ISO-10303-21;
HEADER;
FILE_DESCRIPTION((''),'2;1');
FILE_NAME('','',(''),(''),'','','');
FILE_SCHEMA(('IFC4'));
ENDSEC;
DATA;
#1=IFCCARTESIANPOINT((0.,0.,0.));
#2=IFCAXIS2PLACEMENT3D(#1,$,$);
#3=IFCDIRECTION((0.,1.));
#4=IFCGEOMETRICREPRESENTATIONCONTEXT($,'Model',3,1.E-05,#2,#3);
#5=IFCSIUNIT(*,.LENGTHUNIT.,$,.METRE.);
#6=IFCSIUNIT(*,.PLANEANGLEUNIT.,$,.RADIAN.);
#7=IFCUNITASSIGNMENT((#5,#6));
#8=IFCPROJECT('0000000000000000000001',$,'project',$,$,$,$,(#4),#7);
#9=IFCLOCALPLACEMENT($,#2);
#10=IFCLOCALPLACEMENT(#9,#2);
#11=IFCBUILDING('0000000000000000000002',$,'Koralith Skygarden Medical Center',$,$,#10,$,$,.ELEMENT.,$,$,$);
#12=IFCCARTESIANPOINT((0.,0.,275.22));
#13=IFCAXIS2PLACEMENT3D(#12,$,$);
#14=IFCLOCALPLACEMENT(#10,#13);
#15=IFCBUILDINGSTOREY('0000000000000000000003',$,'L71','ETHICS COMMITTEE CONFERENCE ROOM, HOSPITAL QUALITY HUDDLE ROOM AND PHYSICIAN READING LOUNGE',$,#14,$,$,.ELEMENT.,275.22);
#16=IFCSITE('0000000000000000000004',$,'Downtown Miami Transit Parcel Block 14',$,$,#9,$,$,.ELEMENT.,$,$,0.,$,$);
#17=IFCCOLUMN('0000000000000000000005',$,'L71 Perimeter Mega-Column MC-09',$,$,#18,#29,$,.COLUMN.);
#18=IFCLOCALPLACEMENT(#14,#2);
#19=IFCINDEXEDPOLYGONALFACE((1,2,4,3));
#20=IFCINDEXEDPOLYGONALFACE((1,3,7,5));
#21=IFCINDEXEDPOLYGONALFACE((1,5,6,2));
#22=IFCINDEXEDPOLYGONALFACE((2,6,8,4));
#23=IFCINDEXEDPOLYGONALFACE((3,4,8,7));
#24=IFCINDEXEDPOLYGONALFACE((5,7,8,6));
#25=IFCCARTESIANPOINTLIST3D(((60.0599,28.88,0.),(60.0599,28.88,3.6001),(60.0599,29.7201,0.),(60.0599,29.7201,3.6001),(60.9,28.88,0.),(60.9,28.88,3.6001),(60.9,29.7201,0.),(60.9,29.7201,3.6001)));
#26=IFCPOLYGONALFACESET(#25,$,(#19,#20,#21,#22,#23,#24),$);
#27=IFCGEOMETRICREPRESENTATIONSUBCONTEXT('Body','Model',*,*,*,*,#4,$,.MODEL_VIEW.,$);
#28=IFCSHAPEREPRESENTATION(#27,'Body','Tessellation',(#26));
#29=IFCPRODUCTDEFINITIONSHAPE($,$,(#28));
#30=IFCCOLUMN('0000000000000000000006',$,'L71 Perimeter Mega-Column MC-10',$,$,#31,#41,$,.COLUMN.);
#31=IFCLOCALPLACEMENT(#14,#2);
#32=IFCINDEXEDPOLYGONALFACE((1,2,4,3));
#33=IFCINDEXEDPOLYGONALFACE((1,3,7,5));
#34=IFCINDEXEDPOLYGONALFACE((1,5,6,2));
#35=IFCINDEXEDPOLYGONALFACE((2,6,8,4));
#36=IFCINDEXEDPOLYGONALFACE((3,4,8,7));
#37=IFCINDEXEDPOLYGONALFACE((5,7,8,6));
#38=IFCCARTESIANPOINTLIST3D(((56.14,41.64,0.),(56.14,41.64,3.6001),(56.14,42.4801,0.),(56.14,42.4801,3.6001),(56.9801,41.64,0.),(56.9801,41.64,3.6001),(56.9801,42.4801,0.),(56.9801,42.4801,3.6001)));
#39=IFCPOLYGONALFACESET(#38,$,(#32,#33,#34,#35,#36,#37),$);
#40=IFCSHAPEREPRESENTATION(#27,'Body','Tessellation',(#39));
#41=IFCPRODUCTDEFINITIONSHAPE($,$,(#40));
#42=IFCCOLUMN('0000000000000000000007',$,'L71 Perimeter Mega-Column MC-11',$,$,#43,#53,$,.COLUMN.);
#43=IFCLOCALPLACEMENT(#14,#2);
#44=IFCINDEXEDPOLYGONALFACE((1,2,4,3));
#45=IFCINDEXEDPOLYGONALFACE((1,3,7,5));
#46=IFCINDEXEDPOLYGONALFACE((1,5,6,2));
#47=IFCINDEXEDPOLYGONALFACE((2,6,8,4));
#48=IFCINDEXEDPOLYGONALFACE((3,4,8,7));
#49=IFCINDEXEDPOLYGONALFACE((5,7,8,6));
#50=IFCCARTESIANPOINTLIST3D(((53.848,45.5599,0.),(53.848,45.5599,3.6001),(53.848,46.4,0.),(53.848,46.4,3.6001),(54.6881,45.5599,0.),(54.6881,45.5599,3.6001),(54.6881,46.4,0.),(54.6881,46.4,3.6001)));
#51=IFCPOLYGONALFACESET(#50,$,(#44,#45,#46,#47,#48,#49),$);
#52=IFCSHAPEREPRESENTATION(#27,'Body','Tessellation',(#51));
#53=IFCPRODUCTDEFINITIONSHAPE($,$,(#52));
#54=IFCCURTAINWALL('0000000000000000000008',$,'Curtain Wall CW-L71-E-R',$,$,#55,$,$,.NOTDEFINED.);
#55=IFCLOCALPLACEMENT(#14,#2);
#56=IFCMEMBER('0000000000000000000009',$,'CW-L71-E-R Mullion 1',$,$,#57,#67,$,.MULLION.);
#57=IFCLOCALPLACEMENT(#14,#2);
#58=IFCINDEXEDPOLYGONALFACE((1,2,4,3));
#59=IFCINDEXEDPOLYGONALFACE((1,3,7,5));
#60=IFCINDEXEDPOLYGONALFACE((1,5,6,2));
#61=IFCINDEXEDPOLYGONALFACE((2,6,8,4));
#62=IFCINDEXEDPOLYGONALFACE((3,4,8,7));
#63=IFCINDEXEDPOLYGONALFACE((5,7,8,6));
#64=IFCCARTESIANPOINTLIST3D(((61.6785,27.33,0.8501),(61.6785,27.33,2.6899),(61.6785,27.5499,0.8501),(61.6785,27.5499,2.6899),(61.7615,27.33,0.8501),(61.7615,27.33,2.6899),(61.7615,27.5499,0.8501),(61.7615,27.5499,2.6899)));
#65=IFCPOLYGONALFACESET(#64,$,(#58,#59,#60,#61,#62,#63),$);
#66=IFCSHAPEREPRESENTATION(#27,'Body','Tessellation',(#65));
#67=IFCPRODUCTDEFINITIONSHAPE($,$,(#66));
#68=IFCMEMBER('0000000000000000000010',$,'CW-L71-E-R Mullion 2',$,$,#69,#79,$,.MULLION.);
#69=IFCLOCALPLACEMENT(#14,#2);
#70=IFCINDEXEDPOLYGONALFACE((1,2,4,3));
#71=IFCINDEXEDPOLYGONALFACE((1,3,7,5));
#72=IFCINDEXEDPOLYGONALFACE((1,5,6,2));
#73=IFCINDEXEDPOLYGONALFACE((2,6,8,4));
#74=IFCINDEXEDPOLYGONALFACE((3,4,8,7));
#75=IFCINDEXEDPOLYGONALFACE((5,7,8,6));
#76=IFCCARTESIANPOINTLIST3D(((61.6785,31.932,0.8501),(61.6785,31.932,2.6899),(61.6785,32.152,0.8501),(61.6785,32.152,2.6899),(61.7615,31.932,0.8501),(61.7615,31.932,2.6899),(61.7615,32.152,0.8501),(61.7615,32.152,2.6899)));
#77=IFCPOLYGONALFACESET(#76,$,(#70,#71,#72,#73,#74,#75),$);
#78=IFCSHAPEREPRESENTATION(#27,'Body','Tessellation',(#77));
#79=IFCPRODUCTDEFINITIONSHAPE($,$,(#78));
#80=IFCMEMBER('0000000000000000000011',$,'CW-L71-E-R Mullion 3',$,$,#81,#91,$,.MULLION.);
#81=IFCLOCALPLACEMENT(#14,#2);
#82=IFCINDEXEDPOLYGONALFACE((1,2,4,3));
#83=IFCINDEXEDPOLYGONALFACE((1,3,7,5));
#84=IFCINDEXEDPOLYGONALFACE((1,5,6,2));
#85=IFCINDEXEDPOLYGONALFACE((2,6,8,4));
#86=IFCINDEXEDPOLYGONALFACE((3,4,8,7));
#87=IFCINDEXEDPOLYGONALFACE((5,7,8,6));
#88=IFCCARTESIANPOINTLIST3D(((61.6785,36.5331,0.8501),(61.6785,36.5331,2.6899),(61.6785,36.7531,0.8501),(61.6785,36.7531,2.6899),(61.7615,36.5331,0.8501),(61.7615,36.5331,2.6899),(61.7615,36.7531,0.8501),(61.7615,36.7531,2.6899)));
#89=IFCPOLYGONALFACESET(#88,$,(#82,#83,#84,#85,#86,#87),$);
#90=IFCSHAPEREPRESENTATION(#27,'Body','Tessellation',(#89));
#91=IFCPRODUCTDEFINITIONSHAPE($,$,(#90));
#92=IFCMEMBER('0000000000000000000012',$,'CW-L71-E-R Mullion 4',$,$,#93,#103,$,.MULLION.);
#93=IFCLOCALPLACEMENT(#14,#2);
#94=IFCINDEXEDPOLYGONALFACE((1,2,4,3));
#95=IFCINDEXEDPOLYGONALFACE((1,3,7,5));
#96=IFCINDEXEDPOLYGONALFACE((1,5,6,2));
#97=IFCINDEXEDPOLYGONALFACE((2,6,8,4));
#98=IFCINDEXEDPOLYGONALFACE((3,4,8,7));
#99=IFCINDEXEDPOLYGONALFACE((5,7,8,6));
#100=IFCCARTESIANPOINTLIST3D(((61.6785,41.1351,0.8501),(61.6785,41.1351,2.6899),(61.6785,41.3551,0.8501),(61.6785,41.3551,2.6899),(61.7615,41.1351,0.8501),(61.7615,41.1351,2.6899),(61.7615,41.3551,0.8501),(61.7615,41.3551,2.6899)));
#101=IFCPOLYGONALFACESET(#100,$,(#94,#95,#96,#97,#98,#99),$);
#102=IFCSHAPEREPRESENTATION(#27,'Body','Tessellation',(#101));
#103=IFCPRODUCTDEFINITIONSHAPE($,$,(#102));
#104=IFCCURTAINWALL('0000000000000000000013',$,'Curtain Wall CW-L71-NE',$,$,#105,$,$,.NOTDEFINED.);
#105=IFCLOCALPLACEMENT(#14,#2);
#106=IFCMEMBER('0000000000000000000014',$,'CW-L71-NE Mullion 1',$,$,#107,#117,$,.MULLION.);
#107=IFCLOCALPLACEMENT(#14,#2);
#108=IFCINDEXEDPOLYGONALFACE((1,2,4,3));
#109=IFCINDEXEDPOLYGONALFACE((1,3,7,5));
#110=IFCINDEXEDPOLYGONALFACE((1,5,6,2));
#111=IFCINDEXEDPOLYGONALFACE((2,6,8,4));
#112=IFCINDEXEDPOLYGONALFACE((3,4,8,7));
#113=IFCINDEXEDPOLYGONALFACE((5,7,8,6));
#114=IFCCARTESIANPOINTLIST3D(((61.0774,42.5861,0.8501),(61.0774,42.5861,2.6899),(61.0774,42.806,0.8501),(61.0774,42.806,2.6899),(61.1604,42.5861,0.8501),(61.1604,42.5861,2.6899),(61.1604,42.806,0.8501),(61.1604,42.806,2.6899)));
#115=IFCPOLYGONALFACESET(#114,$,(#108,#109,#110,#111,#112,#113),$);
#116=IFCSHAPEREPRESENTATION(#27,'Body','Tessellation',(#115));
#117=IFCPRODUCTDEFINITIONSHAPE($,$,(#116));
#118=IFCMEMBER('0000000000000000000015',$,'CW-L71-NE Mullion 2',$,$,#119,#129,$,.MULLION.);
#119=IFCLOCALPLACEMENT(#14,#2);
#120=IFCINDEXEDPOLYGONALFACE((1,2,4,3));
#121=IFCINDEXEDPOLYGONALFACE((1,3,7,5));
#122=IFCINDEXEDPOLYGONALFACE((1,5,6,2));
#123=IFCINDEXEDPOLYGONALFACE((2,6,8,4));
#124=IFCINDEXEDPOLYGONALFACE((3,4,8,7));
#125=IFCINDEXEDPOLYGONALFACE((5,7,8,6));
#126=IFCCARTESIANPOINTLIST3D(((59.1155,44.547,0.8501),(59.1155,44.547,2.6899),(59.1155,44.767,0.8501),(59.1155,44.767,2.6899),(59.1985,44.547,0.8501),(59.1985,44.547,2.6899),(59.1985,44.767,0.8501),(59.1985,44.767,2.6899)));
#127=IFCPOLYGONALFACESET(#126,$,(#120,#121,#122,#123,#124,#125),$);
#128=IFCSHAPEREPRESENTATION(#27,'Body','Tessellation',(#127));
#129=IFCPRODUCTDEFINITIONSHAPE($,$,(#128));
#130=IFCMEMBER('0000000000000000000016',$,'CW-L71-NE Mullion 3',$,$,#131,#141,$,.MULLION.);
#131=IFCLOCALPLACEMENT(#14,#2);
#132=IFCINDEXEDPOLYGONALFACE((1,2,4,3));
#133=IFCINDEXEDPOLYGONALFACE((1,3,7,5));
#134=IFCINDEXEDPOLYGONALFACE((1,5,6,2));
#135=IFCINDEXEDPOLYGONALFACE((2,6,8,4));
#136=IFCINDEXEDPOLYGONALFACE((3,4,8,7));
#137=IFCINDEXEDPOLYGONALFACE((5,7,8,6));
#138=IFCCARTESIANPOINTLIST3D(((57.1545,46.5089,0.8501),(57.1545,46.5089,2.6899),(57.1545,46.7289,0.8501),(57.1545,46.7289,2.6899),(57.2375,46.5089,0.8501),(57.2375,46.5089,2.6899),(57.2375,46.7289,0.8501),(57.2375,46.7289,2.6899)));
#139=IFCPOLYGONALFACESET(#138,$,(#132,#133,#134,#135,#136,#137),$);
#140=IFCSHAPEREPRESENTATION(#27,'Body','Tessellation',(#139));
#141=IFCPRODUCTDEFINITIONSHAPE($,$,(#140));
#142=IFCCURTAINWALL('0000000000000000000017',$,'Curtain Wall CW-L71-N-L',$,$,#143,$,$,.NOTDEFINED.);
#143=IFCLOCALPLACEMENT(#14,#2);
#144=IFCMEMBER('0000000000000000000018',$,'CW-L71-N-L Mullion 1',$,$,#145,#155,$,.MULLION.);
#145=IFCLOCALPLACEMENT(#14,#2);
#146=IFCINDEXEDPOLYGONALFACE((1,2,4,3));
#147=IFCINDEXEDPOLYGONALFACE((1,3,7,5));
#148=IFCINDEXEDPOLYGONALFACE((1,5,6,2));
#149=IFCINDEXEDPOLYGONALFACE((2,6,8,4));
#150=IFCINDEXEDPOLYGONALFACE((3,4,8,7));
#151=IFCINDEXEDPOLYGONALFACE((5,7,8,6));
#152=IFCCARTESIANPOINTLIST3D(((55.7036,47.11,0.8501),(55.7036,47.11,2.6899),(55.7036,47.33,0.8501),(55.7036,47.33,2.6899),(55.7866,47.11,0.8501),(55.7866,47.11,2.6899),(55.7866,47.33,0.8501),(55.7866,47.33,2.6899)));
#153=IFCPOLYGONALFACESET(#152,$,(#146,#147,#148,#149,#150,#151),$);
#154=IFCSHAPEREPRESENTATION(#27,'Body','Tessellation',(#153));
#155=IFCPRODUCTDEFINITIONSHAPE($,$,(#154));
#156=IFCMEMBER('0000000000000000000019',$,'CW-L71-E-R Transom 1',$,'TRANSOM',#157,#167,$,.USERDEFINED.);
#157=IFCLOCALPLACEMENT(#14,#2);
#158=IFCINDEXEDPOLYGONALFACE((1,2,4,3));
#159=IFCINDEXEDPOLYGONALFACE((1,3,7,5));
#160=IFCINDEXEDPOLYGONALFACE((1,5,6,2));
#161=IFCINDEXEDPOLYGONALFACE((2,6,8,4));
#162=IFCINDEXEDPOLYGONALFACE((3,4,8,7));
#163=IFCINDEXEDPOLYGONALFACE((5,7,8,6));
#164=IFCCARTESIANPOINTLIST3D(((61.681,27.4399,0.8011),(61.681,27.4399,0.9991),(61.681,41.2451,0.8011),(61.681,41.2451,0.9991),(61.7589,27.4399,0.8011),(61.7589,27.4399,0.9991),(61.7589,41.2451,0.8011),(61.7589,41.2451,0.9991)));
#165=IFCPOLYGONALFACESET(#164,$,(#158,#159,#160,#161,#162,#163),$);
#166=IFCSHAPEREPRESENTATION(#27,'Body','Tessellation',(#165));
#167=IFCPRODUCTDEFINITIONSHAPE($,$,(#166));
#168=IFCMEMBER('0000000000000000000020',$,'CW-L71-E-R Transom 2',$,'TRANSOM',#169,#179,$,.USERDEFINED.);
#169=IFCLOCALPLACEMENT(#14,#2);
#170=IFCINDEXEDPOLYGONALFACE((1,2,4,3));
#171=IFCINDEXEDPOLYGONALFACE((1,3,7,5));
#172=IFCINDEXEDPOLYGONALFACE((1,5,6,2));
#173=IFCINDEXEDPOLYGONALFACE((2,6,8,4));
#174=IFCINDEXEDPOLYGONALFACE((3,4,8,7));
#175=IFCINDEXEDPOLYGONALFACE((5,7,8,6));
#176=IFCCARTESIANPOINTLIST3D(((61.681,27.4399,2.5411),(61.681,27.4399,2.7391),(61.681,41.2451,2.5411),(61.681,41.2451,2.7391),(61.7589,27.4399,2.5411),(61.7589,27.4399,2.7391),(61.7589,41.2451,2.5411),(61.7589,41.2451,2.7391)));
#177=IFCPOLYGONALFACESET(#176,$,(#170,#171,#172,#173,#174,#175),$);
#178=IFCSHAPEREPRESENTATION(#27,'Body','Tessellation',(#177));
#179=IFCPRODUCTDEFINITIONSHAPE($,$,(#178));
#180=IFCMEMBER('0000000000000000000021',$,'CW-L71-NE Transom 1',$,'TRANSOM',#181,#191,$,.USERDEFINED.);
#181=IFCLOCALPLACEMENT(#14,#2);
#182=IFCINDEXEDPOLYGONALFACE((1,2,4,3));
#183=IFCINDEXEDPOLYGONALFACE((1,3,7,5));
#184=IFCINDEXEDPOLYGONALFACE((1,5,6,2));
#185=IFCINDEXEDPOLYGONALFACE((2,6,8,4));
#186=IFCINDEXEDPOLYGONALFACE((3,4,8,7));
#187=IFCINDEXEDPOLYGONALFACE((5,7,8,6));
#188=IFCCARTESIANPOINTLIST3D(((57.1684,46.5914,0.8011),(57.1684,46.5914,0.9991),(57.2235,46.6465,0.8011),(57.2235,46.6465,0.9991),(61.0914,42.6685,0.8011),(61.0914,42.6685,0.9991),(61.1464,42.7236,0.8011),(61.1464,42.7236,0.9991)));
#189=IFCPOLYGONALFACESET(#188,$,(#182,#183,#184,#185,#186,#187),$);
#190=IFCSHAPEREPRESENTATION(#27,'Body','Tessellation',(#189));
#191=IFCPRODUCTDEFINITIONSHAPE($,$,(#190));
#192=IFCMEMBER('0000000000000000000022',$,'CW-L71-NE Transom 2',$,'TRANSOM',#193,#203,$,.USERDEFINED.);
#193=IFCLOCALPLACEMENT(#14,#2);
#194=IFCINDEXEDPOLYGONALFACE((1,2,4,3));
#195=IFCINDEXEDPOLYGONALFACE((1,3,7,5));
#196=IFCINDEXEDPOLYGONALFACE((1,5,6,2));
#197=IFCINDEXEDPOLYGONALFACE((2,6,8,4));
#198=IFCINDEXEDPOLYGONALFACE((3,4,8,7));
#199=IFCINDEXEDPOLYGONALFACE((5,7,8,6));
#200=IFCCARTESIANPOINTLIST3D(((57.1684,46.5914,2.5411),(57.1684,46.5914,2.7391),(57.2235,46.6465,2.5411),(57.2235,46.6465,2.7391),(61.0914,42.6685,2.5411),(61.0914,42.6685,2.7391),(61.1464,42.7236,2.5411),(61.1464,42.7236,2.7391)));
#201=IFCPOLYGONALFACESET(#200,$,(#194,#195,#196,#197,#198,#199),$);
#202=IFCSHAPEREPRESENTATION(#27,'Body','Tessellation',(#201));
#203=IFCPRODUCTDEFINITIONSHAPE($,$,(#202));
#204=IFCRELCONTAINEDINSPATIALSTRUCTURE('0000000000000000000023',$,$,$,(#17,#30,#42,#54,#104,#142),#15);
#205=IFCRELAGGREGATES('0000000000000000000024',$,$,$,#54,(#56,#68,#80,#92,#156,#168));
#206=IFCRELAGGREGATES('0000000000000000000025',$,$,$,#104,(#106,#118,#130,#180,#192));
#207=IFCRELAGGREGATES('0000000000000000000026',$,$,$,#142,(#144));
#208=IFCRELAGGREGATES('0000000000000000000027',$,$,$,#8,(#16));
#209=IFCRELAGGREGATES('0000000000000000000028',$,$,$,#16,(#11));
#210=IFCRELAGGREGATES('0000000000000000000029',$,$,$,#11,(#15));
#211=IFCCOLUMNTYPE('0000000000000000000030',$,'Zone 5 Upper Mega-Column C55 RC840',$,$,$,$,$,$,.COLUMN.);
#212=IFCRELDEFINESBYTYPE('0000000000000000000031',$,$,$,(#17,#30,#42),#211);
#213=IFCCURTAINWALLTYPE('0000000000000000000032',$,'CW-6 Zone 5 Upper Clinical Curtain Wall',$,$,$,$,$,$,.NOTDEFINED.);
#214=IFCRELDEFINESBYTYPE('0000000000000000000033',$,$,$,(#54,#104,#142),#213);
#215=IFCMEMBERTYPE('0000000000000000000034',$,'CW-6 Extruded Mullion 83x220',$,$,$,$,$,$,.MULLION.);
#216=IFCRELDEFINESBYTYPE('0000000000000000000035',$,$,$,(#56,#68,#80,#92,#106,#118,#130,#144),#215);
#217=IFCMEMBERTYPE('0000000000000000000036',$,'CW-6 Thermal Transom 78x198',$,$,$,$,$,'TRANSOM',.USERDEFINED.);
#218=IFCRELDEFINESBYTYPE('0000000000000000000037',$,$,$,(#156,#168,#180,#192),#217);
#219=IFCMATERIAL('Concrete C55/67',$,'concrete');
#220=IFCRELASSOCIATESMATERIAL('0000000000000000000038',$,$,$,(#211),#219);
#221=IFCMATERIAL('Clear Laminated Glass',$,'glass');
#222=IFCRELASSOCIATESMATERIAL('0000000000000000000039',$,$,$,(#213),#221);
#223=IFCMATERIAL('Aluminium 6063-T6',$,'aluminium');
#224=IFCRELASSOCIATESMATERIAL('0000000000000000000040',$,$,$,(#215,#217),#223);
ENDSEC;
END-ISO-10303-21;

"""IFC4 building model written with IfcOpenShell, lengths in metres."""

from ifc_helpers import new_model, si_unit, direction, frame, origin, origin_2d, place, context, subcontext, project, spatial, rectangle, extrude, material, material_profile, profile_set, type_object, element, aggregate, save


model = new_model("IFC4")

# Units and contexts
model_context = context("Model", 3, precision=1e-05, world=origin(), true_north=direction((0.0, 1.0)))
body_context = subcontext(model_context, "Body", "Model", "MODEL_VIEW")
ifc_project = project(units=[si_unit("LENGTHUNIT", "METRE"), si_unit("PLANEANGLEUNIT", "RADIAN")], contexts=[model_context])

# Site, building, storey
site_placement = place(None, origin())
site = spatial("IfcSite", under=ifc_project, at=site_placement, Name="Downtown Miami Transit Parcel Block 14", CompositionType="ELEMENT", RefElevation=0.0)
building_placement = place(site_placement, origin())
building = spatial("IfcBuilding", under=site, at=building_placement, Name="Koralith Skygarden Medical Center", CompositionType="ELEMENT")
storey_placement = place(building_placement, frame((0.0, 0.0, 275.22)))
storey = spatial("IfcBuildingStorey", under=building, at=storey_placement, Name="L71", Description="ETHICS COMMITTEE CONFERENCE ROOM, HOSPITAL QUALITY HUDDLE ROOM AND PHYSICIAN READING LOUNGE", CompositionType="ELEMENT", Elevation=275.22)

# Columns
ifc_material_1 = material(Name="Concrete C55/67", Category="concrete")
ifc_material_profile_1 = material_profile(ifc_material_1, rectangle(XDim=0.8401, YDim=0.8401, at=origin_2d()), Name="RC840X840")
ifc_profile_set_1 = profile_set([ifc_material_profile_1], Name="Concrete C55/67")
column_type = type_object("IfcColumnType", Name="Zone 5 Upper Mega-Column C55 RC840", PredefinedType="COLUMN", material=ifc_profile_set_1)
for number, where, z_axis, x_axis, name in (
    (1, (60.48, 29.3, 0.0), (0.0, 0.0, 1.0), (1.0, 0.0, 0.0), "L71 Perimeter Mega-Column MC-09"),
    (2, (56.5601, 42.0601, 0.0), (0.0, 0.0, 1.0), (1.0, 0.0, 0.0), "L71 Perimeter Mega-Column MC-10"),
    (3, (54.2681, 45.98, 0.0), (0.0, 0.0, 1.0), (1.0, 0.0, 0.0), "L71 Perimeter Mega-Column MC-11"),
):
    element("IfcColumn", number, at=place(storey_placement, frame(where, z_axis=z_axis, x_axis=x_axis)), inside=storey, type_object=column_type, Name=name, PredefinedType="COLUMN", context=body_context, shape_type="SweptSolid", body=[
        extrude(rectangle(XDim=0.8401, YDim=0.8401, at=origin_2d()), origin(), (0.0, 0.0, 1.0), 3.6001),
    ])

# Curtain walls, members
ifc_material_2 = material(Name="Clear Laminated Glass", Category="glass")
curtain_wall_type = type_object("IfcCurtainWallType", Name="CW-6 Zone 5 Upper Clinical Curtain Wall", PredefinedType="NOTDEFINED", material=ifc_material_2)
curtain_wall_1_placement = place(storey_placement, origin())
curtain_wall_1 = element("IfcCurtainWall", 4, at=curtain_wall_1_placement, inside=storey, type_object=curtain_wall_type, Name="Curtain Wall CW-L71-E-R", PredefinedType="NOTDEFINED")
ifc_material_3 = material(Name="Aluminium 6063-T6", Category="aluminium")
ifc_material_profile_2 = material_profile(ifc_material_3, rectangle(XDim=0.083, YDim=0.22, at=origin_2d()), Name="MUL83X220")
ifc_profile_set_2 = profile_set([ifc_material_profile_2], Name="Aluminium 6063-T6")
member_type_1 = type_object("IfcMemberType", Name="CW-6 Extruded Mullion 83x220", PredefinedType="MULLION", material=ifc_profile_set_2)
member_1_placement = place(storey_placement, frame((61.72, 27.4399, 0.8501), z_axis=(0.0, 0.0, 1.0), x_axis=(1.0, 0.0, 0.0)))
member_1 = element("IfcMember", 5, at=member_1_placement, type_object=member_type_1, Name="CW-L71-E-R Mullion 1", PredefinedType="MULLION", context=body_context, shape_type="SweptSolid", body=[
    extrude(rectangle(XDim=0.083, YDim=0.22, at=origin_2d()), origin(), (0.0, 0.0, 1.0), 1.8398),
])
member_2_placement = place(storey_placement, frame((61.72, 32.042, 0.8501), z_axis=(0.0, 0.0, 1.0), x_axis=(1.0, 0.0, 0.0)))
member_2 = element("IfcMember", 6, at=member_2_placement, type_object=member_type_1, Name="CW-L71-E-R Mullion 2", PredefinedType="MULLION", context=body_context, shape_type="SweptSolid", body=[
    extrude(rectangle(XDim=0.083, YDim=0.22, at=origin_2d()), origin(), (0.0, 0.0, 1.0), 1.8398),
])
member_3_placement = place(storey_placement, frame((61.72, 36.6431, 0.8501), z_axis=(0.0, 0.0, 1.0), x_axis=(1.0, 0.0, 0.0)))
member_3 = element("IfcMember", 7, at=member_3_placement, type_object=member_type_1, Name="CW-L71-E-R Mullion 3", PredefinedType="MULLION", context=body_context, shape_type="SweptSolid", body=[
    extrude(rectangle(XDim=0.083, YDim=0.22, at=origin_2d()), origin(), (0.0, 0.0, 1.0), 1.8398),
])
member_4_placement = place(storey_placement, frame((61.72, 41.2451, 0.8501), z_axis=(0.0, 0.0, 1.0), x_axis=(1.0, 0.0, 0.0)))
member_4 = element("IfcMember", 8, at=member_4_placement, type_object=member_type_1, Name="CW-L71-E-R Mullion 4", PredefinedType="MULLION", context=body_context, shape_type="SweptSolid", body=[
    extrude(rectangle(XDim=0.083, YDim=0.22, at=origin_2d()), origin(), (0.0, 0.0, 1.0), 1.8398),
])
curtain_wall_2_placement = place(storey_placement, origin())
curtain_wall_2 = element("IfcCurtainWall", 9, at=curtain_wall_2_placement, inside=storey, type_object=curtain_wall_type, Name="Curtain Wall CW-L71-NE", PredefinedType="NOTDEFINED")
member_5_placement = place(storey_placement, frame((61.1189, 42.696, 0.8501), z_axis=(0.0, 0.0, 1.0), x_axis=(1.0, 0.0, 0.0)))
member_5 = element("IfcMember", 10, at=member_5_placement, type_object=member_type_1, Name="CW-L71-NE Mullion 1", PredefinedType="MULLION", context=body_context, shape_type="SweptSolid", body=[
    extrude(rectangle(XDim=0.083, YDim=0.22, at=origin_2d()), origin(), (0.0, 0.0, 1.0), 1.8398),
])
member_6_placement = place(storey_placement, frame((59.157, 44.657, 0.8501), z_axis=(0.0, 0.0, 1.0), x_axis=(1.0, 0.0, 0.0)))
member_6 = element("IfcMember", 11, at=member_6_placement, type_object=member_type_1, Name="CW-L71-NE Mullion 2", PredefinedType="MULLION", context=body_context, shape_type="SweptSolid", body=[
    extrude(rectangle(XDim=0.083, YDim=0.22, at=origin_2d()), origin(), (0.0, 0.0, 1.0), 1.8398),
])
member_7_placement = place(storey_placement, frame((57.196, 46.6189, 0.8501), z_axis=(0.0, 0.0, 1.0), x_axis=(1.0, 0.0, 0.0)))
member_7 = element("IfcMember", 12, at=member_7_placement, type_object=member_type_1, Name="CW-L71-NE Mullion 3", PredefinedType="MULLION", context=body_context, shape_type="SweptSolid", body=[
    extrude(rectangle(XDim=0.083, YDim=0.22, at=origin_2d()), origin(), (0.0, 0.0, 1.0), 1.8398),
])

# Curtain wall, member
curtain_wall_3_placement = place(storey_placement, origin())
curtain_wall_3 = element("IfcCurtainWall", 13, at=curtain_wall_3_placement, inside=storey, type_object=curtain_wall_type, Name="Curtain Wall CW-L71-N-L", PredefinedType="NOTDEFINED")
member_8_placement = place(storey_placement, frame((55.7451, 47.22, 0.8501), z_axis=(0.0, 0.0, 1.0), x_axis=(1.0, 0.0, 0.0)))
member_8 = element("IfcMember", 14, at=member_8_placement, type_object=member_type_1, Name="CW-L71-N-L Mullion 1", PredefinedType="MULLION", context=body_context, shape_type="SweptSolid", body=[
    extrude(rectangle(XDim=0.083, YDim=0.22, at=origin_2d()), origin(), (0.0, 0.0, 1.0), 1.8398),
])

# Members
ifc_material_profile_3 = material_profile(ifc_material_3, rectangle(XDim=0.0779, YDim=0.198, at=origin_2d()), Name="TRN78X198")
ifc_profile_set_3 = profile_set([ifc_material_profile_3], Name="Aluminium 6063-T6")
member_type_2 = type_object("IfcMemberType", Name="CW-6 Thermal Transom 78x198", ElementType="TRANSOM", PredefinedType="USERDEFINED", material=ifc_profile_set_3)
member_9_placement = place(storey_placement, frame((61.72, 27.4399, 0.9001), z_axis=(0.0, 1.0, 0.0), x_axis=(-1.0, 0.0, 0.0)))
member_9 = element("IfcMember", 15, at=member_9_placement, type_object=member_type_2, Name="CW-L71-E-R Transom 1", ObjectType="TRANSOM", PredefinedType="USERDEFINED", context=body_context, shape_type="SweptSolid", body=[
    extrude(rectangle(XDim=0.0779, YDim=0.198, at=origin_2d()), origin(), (0.0, 0.0, 1.0), 13.8052),
])
member_10_placement = place(storey_placement, frame((61.72, 27.4399, 2.6401), z_axis=(0.0, 1.0, 0.0), x_axis=(-1.0, 0.0, 0.0)))
member_10 = element("IfcMember", 16, at=member_10_placement, type_object=member_type_2, Name="CW-L71-E-R Transom 2", ObjectType="TRANSOM", PredefinedType="USERDEFINED", context=body_context, shape_type="SweptSolid", body=[
    extrude(rectangle(XDim=0.0779, YDim=0.198, at=origin_2d()), origin(), (0.0, 0.0, 1.0), 13.8052),
])
member_11_placement = place(storey_placement, frame((61.1189, 42.696, 0.9001), z_axis=(-0.707107, 0.707107, 0.0), x_axis=(-0.707107, -0.707107, 0.0)))
member_11 = element("IfcMember", 17, at=member_11_placement, type_object=member_type_2, Name="CW-L71-NE Transom 1", ObjectType="TRANSOM", PredefinedType="USERDEFINED", context=body_context, shape_type="SweptSolid", body=[
    extrude(rectangle(XDim=0.0779, YDim=0.198, at=origin_2d()), origin(), (0.0, 0.0, 1.0), 5.5479),
])
member_12_placement = place(storey_placement, frame((61.1189, 42.696, 2.6401), z_axis=(-0.707107, 0.707107, 0.0), x_axis=(-0.707107, -0.707107, 0.0)))
member_12 = element("IfcMember", 18, at=member_12_placement, type_object=member_type_2, Name="CW-L71-NE Transom 2", ObjectType="TRANSOM", PredefinedType="USERDEFINED", context=body_context, shape_type="SweptSolid", body=[
    extrude(rectangle(XDim=0.0779, YDim=0.198, at=origin_2d()), origin(), (0.0, 0.0, 1.0), 5.5479),
])

aggregate(curtain_wall_1, [member_1, member_2, member_3, member_4, member_9, member_10])
aggregate(curtain_wall_2, [member_5, member_6, member_7, member_11, member_12])
aggregate(curtain_wall_3, [member_8])

save(model, "model.ifc")
